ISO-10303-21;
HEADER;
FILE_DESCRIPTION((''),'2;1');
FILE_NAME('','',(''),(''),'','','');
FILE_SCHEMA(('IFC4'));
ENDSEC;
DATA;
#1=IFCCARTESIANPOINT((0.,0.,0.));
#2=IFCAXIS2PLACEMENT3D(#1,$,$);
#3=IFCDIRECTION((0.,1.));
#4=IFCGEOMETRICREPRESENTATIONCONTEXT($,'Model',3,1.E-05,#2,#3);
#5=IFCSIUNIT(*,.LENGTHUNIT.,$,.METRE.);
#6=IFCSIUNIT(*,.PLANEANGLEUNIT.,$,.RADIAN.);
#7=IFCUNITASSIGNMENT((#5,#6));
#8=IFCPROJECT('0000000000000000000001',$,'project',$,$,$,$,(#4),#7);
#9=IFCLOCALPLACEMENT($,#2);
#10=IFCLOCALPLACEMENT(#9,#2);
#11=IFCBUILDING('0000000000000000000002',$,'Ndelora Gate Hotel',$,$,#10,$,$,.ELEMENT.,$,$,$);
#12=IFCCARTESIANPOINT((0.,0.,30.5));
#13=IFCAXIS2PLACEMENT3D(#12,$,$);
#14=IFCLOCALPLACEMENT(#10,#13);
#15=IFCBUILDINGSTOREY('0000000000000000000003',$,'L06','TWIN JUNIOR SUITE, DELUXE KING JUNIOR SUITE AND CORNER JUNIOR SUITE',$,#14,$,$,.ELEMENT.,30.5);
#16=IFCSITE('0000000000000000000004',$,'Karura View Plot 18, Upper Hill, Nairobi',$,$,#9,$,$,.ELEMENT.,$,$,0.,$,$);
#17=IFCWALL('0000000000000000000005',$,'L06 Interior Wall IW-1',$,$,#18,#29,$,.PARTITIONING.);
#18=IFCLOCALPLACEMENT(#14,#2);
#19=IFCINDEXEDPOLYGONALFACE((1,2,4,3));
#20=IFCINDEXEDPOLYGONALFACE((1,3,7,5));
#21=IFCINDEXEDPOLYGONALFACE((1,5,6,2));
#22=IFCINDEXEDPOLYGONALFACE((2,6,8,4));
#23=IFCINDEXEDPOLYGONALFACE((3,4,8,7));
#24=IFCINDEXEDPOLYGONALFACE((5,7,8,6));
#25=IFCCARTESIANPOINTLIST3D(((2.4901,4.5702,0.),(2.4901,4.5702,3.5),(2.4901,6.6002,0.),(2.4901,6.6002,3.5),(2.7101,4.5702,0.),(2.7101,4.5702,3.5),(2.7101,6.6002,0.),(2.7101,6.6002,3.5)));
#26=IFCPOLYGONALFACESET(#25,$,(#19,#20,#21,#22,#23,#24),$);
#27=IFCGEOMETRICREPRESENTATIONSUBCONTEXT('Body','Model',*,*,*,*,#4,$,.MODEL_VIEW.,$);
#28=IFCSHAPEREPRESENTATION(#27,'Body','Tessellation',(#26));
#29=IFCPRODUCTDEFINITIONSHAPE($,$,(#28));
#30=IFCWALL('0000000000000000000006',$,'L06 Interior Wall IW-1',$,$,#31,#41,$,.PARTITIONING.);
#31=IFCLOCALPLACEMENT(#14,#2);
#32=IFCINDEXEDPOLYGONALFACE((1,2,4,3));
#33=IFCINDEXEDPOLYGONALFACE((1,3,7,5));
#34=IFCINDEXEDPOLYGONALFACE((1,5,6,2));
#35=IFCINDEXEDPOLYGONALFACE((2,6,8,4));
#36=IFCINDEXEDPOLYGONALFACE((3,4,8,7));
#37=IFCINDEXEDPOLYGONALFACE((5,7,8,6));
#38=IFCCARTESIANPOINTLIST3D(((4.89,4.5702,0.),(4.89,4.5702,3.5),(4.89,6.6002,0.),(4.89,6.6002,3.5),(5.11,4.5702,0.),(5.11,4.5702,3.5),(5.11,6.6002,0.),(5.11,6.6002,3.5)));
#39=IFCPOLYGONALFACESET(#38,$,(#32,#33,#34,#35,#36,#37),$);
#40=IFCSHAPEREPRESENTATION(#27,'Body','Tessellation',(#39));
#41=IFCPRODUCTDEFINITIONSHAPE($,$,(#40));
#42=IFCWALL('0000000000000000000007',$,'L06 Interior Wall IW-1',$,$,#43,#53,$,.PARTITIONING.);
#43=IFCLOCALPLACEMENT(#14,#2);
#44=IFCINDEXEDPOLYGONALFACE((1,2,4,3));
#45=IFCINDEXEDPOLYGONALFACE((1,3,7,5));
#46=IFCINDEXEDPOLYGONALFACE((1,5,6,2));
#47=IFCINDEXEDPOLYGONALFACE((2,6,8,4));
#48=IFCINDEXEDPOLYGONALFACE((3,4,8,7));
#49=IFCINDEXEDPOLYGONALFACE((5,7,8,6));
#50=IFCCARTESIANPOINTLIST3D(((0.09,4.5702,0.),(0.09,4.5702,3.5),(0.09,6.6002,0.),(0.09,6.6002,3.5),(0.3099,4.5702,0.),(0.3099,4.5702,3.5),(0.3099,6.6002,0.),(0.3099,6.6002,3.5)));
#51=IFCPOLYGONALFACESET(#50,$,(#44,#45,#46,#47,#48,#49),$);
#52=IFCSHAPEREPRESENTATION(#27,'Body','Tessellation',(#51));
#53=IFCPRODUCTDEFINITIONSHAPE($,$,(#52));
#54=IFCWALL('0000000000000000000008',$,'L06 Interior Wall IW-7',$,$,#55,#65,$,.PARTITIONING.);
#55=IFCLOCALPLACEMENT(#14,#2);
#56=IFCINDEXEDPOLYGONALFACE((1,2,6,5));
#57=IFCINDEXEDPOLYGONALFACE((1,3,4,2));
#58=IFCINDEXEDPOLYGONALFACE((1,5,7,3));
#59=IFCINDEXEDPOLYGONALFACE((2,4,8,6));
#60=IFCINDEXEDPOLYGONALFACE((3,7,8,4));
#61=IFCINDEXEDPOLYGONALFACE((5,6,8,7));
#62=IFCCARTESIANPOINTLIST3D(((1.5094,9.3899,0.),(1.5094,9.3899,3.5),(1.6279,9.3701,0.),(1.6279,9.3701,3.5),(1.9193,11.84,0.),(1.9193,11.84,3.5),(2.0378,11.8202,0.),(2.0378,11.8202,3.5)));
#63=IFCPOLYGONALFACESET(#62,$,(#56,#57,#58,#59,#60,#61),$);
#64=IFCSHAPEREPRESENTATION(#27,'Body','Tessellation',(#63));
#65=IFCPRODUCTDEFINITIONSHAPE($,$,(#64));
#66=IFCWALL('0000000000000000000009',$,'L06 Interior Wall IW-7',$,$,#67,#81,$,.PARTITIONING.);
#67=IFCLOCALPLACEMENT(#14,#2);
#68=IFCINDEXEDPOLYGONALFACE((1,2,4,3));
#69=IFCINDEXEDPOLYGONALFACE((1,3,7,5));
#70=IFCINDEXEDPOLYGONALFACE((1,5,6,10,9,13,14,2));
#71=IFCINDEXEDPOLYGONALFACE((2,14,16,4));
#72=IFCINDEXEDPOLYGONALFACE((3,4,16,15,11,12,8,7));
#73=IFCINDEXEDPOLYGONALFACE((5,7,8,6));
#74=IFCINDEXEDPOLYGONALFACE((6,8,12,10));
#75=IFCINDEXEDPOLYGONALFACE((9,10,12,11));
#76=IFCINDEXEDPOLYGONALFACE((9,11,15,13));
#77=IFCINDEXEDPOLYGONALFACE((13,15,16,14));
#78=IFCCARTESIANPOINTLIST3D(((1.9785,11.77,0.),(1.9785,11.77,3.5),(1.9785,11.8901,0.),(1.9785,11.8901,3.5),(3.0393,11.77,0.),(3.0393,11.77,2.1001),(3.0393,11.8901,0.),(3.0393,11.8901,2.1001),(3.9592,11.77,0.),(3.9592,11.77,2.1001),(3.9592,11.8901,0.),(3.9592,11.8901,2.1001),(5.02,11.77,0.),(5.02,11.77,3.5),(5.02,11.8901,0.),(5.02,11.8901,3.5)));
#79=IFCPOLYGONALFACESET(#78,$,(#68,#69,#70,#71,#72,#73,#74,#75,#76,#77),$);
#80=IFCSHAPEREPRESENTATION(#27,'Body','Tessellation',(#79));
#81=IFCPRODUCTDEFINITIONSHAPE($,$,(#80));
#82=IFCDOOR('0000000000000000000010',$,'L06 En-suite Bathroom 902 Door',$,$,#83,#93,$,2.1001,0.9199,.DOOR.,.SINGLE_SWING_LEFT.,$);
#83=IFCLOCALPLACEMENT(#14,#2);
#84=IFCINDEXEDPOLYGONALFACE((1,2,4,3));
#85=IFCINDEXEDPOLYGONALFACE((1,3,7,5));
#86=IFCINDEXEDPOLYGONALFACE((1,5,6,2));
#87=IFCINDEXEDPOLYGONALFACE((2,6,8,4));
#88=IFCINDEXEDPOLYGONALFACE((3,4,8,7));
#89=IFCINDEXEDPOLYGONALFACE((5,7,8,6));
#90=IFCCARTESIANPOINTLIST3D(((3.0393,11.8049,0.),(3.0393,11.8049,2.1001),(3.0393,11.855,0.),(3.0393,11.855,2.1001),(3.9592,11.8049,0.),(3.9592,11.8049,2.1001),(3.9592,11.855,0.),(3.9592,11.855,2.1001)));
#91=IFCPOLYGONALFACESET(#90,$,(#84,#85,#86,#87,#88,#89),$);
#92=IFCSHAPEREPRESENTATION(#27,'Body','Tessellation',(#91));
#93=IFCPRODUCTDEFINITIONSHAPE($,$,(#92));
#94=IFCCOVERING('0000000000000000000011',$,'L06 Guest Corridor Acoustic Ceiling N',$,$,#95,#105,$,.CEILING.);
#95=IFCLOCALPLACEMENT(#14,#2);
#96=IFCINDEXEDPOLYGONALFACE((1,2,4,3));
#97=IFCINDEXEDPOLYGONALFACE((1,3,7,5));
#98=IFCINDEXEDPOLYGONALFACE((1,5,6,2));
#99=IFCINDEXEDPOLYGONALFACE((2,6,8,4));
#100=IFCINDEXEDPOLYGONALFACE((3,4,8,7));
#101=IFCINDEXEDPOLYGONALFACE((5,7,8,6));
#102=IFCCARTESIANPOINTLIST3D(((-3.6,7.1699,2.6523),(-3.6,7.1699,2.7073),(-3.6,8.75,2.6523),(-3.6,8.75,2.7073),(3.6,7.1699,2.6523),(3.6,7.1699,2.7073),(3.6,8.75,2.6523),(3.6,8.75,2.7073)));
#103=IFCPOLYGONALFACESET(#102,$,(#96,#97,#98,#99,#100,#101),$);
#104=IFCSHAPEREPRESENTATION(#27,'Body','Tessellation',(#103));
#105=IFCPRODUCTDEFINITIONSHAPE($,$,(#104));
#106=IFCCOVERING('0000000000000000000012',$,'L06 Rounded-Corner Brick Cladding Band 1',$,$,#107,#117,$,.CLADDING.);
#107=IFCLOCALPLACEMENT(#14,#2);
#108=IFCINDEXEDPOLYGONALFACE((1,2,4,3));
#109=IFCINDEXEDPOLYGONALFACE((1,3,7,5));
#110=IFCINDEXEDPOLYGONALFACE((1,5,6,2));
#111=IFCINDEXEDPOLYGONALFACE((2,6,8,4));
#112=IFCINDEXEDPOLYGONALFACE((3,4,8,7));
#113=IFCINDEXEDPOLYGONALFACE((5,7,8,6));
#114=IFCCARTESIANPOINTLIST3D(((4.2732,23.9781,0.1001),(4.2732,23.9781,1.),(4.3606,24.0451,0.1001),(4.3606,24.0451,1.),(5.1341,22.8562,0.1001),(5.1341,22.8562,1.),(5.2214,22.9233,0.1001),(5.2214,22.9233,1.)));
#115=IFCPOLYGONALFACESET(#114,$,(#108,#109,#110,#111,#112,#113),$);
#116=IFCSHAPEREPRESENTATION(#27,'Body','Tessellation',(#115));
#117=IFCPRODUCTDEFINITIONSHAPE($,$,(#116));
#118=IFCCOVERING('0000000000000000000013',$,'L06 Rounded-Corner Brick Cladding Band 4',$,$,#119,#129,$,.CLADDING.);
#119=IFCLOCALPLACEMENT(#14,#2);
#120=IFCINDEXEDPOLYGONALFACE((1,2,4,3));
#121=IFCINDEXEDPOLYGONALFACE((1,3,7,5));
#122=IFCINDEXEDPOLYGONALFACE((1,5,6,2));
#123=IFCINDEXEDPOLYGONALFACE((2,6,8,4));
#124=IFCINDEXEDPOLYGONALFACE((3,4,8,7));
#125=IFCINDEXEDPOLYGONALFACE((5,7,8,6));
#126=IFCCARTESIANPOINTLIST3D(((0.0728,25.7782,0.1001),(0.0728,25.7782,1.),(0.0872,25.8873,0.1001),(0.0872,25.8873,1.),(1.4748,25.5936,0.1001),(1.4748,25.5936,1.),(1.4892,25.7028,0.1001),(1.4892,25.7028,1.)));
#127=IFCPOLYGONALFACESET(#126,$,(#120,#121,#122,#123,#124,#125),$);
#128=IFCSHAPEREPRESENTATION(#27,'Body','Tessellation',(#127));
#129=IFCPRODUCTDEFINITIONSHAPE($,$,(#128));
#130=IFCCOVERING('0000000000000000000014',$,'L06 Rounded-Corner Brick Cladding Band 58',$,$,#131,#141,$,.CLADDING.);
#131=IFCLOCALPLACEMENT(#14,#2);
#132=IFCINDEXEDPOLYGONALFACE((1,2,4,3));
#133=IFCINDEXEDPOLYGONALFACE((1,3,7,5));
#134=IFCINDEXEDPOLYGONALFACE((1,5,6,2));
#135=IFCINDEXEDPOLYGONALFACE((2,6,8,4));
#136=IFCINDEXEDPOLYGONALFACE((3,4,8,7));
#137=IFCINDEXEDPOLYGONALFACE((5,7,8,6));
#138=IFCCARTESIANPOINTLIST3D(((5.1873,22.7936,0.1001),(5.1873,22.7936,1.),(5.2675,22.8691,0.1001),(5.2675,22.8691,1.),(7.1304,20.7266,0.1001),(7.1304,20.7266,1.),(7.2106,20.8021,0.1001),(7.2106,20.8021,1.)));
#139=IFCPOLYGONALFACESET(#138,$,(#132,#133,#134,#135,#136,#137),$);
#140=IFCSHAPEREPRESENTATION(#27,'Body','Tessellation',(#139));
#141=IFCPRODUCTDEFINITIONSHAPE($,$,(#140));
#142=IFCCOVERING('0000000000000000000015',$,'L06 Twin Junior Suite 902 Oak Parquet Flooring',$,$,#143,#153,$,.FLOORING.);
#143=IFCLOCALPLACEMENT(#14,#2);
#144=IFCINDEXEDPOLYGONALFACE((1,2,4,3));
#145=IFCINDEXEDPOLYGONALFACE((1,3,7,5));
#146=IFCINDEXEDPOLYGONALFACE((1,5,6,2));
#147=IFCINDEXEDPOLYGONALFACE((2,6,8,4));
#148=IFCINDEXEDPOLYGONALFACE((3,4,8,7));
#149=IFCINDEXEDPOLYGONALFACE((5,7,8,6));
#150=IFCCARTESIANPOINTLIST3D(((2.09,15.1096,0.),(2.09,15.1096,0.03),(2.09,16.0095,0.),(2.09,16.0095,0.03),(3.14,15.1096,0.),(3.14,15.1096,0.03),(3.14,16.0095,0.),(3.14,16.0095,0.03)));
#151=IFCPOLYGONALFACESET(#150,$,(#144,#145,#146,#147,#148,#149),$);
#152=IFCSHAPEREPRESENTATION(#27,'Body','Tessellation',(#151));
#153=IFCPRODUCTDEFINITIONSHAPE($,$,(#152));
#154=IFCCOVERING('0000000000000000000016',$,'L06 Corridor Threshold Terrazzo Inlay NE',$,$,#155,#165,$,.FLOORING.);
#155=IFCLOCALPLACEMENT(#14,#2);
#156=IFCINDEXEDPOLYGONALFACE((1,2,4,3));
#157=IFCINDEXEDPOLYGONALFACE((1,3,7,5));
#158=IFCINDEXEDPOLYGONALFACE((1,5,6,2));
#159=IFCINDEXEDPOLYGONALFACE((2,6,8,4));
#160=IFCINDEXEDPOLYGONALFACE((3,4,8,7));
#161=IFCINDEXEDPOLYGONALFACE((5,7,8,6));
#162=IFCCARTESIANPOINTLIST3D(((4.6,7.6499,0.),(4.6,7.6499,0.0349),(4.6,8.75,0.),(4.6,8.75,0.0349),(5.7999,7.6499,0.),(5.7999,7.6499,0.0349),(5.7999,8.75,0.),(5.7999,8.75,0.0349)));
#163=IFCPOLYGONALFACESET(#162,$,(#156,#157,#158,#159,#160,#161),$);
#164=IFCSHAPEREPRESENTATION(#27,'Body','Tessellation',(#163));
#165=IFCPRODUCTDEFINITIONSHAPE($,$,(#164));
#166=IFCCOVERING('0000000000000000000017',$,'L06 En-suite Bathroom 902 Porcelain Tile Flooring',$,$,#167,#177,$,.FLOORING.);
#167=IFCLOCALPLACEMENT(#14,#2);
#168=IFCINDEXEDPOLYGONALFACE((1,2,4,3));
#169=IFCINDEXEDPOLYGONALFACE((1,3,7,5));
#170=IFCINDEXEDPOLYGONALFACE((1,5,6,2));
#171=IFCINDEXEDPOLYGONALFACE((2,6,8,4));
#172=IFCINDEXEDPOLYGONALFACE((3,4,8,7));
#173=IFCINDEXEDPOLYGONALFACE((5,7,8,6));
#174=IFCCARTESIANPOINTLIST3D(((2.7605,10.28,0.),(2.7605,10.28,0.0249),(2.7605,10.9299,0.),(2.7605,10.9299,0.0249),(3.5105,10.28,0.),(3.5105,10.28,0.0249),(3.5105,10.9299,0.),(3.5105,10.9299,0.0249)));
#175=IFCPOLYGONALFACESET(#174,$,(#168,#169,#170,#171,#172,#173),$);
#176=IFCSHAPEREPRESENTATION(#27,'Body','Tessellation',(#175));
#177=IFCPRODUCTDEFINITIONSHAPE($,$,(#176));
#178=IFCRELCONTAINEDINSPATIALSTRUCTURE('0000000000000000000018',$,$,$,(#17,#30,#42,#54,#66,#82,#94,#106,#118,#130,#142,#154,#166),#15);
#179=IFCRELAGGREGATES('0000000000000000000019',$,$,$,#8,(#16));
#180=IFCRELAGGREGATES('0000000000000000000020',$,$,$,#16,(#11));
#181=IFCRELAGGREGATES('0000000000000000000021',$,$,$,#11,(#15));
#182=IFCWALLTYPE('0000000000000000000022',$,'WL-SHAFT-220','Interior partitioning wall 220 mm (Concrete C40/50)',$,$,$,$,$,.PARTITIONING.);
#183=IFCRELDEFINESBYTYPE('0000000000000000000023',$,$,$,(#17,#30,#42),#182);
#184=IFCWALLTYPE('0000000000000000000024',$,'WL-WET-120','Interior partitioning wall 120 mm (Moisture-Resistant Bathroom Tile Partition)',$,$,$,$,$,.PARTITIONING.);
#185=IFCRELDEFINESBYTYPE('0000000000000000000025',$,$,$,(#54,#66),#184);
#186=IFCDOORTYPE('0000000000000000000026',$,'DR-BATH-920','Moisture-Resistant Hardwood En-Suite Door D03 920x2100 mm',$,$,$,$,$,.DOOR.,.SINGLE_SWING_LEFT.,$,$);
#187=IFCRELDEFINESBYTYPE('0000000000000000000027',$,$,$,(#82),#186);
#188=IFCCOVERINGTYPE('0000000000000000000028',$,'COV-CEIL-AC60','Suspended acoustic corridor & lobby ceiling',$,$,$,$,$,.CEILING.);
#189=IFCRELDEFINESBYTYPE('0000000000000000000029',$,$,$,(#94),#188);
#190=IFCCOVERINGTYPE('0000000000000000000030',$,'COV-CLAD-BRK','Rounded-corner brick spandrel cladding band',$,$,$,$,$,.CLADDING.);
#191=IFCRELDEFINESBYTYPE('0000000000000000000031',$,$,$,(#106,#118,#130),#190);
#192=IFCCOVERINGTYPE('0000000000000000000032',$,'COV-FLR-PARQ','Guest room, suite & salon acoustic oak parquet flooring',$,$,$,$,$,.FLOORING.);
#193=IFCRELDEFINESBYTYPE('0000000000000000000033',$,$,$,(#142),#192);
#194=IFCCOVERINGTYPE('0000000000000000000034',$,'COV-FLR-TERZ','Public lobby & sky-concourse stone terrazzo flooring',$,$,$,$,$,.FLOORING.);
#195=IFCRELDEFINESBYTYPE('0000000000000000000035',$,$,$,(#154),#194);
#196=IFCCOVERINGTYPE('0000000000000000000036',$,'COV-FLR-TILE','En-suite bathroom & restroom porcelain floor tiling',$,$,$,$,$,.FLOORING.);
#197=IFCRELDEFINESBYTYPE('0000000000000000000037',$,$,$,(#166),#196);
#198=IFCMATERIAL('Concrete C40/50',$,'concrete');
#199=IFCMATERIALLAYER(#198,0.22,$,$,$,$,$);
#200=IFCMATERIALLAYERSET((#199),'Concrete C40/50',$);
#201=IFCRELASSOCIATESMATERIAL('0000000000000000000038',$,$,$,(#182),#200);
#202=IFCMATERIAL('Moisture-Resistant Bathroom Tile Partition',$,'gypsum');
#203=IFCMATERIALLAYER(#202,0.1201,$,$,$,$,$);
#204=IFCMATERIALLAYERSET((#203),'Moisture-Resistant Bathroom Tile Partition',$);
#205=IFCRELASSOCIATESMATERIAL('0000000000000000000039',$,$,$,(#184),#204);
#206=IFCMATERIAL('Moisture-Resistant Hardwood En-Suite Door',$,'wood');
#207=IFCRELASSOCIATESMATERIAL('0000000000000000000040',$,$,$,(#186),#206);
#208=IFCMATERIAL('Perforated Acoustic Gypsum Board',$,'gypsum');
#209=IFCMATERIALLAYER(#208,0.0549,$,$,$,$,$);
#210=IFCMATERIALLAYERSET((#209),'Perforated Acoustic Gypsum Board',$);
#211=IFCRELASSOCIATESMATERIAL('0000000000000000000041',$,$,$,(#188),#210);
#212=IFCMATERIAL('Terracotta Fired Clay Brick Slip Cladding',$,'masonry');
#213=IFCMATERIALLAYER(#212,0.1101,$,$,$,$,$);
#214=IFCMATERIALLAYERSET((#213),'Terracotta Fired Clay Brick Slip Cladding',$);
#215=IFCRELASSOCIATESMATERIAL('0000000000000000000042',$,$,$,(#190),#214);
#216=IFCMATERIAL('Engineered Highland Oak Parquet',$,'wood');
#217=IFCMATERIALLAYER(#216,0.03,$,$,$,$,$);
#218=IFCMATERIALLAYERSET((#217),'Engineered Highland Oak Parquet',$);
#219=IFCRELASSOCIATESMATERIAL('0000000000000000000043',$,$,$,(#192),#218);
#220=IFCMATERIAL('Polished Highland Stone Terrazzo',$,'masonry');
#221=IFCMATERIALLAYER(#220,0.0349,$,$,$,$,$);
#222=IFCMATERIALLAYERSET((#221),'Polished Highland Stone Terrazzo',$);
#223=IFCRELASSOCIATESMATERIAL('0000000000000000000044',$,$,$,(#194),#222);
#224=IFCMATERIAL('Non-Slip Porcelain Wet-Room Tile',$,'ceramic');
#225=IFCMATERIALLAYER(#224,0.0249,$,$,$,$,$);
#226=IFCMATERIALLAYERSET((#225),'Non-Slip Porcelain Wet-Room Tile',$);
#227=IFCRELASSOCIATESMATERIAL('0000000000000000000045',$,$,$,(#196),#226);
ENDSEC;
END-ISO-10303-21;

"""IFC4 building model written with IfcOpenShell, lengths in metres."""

from ifc_helpers import new_model, si_unit, direction, frame, frame_2d, origin, origin_2d, place, context, subcontext, project, spatial, rectangle, extrude, material, layer, layer_set, type_object, element, fill, save


model = new_model("IFC4")

# Units and contexts
model_context = context("Model", 3, precision=1e-05, world=origin(), true_north=direction((0.0, 1.0)))
body_context = subcontext(model_context, "Body", "Model", "MODEL_VIEW")
ifc_project = project(units=[si_unit("LENGTHUNIT", "METRE"), si_unit("PLANEANGLEUNIT", "RADIAN")], contexts=[model_context])

# Site, building, storey
site_placement = place(None, origin())
site = spatial("IfcSite", under=ifc_project, at=site_placement, Name="Karura View Plot 18, Upper Hill, Nairobi", CompositionType="ELEMENT", RefElevation=0.0)
building_placement = place(site_placement, origin())
building = spatial("IfcBuilding", under=site, at=building_placement, Name="Ndelora Gate Hotel", CompositionType="ELEMENT")
storey_placement = place(building_placement, frame((0.0, 0.0, 30.5)))
storey = spatial("IfcBuildingStorey", under=building, at=storey_placement, Name="L06", Description="TWIN JUNIOR SUITE, DELUXE KING JUNIOR SUITE AND CORNER JUNIOR SUITE", CompositionType="ELEMENT", Elevation=30.5)

# Walls
ifc_material_1 = material(Name="Concrete C40/50", Category="concrete")
ifc_layer_1 = layer(ifc_material_1, 0.22)
ifc_layer_set_1 = layer_set([ifc_layer_1], Name="Concrete C40/50")
wall_type_1 = type_object("IfcWallType", Name="WL-SHAFT-220", Description="Interior partitioning wall 220 mm (Concrete C40/50)", PredefinedType="PARTITIONING", material=ifc_layer_set_1)
for number, where, z_axis, x_axis, name in (
    (1, (2.6001, 4.5701, 0.0), (0.0, 0.0, 1.0), (0.0, 1.0, 0.0), "L06 Interior Wall IW-1"),
    (2, (5.0, 4.5701, 0.0), (0.0, 0.0, 1.0), (0.0, 1.0, 0.0), "L06 Interior Wall IW-1"),
    (3, (0.2, 4.5701, 0.0), (0.0, 0.0, 1.0), (0.0, 1.0, 0.0), "L06 Interior Wall IW-1"),
):
    element("IfcWall", number, at=place(storey_placement, frame(where, z_axis=z_axis, x_axis=x_axis)), inside=storey, type_object=wall_type_1, Name=name, PredefinedType="PARTITIONING", context=body_context, shape_type="SweptSolid", body=[
        extrude(rectangle(XDim=2.03, YDim=0.22, at=frame_2d((1.0151, 0.0))), origin(), (0.0, 0.0, 1.0), 3.5),
    ])
ifc_material_2 = material(Name="Moisture-Resistant Bathroom Tile Partition", Category="gypsum")
ifc_layer_2 = layer(ifc_material_2, 0.1201)
ifc_layer_set_2 = layer_set([ifc_layer_2], Name="Moisture-Resistant Bathroom Tile Partition")
wall_type_2 = type_object("IfcWallType", Name="WL-WET-120", Description="Interior partitioning wall 120 mm (Moisture-Resistant Bathroom Tile Partition)", PredefinedType="PARTITIONING", material=ifc_layer_set_2)
wall_1_placement = place(storey_placement, frame((1.5686, 9.3799, 0.0), z_axis=(0.0, 0.0, 1.0), x_axis=(0.165005, 0.986293, 0.0)))
element("IfcWall", 4, at=wall_1_placement, inside=storey, type_object=wall_type_2, Name="L06 Interior Wall IW-7", PredefinedType="PARTITIONING", context=body_context, shape_type="SweptSolid", body=[
    extrude(rectangle(XDim=2.4841, YDim=0.1201, at=frame_2d((1.2422, 0.0))), origin(), (0.0, 0.0, 1.0), 3.5),
])

# Wall, opening, door
wall_2_placement = place(storey_placement, frame((1.9785, 11.8301, 0.0), z_axis=(0.0, 0.0, 1.0), x_axis=(1.0, 0.0, 0.0)))
wall_2 = element("IfcWall", 5, at=wall_2_placement, inside=storey, type_object=wall_type_2, Name="L06 Interior Wall IW-7", PredefinedType="PARTITIONING", context=body_context, shape_type="SweptSolid", body=[
    extrude(rectangle(XDim=3.0415, YDim=0.1201, at=frame_2d((1.5208, 0.0))), origin(), (0.0, 0.0, 1.0), 3.5),
])
opening_1_placement = place(wall_2_placement, frame((1.0608, 0.0, 0.0)))
opening_1 = element("IfcOpeningElement", 6, at=opening_1_placement, cuts=wall_2, PredefinedType="OPENING", context=body_context, shape_type="SweptSolid", body=[
    extrude(rectangle(XDim=0.9199, YDim=2.1001, at=frame_2d((0.46, 1.05))), frame((0.0, 0.0701, 0.0), z_axis=(0.0, -1.0, 0.0), x_axis=(1.0, 0.0, 0.0)), (0.0, 0.0, 1.0), 0.1401),
])
ifc_material_3 = material(Name="Moisture-Resistant Hardwood En-Suite Door", Category="wood")
door_type = type_object("IfcDoorType", Name="DR-BATH-920", Description="Moisture-Resistant Hardwood En-Suite Door D03 920x2100 mm", OperationType="SINGLE_SWING_LEFT", PredefinedType="DOOR", material=ifc_material_3)
door_placement = place(opening_1_placement, origin())
door = element("IfcDoor", 7, at=door_placement, inside=storey, type_object=door_type, Name="L06 En-suite Bathroom 902 Door", OperationType="SINGLE_SWING_LEFT", OverallHeight=2.1001, OverallWidth=0.9199, PredefinedType="DOOR", context=body_context, shape_type="SweptSolid", body=[
    extrude(rectangle(XDim=0.9199, YDim=2.1001, at=frame_2d((0.46, 1.05))), frame((0.0, 0.0249, 0.0), z_axis=(0.0, -1.0, 0.0), x_axis=(1.0, 0.0, 0.0)), (0.0, 0.0, 1.0), 0.05),
])
fill(opening_1, door)

# Coverings
ifc_material_4 = material(Name="Perforated Acoustic Gypsum Board", Category="gypsum")
ifc_layer_3 = layer(ifc_material_4, 0.0549)
ifc_layer_set_3 = layer_set([ifc_layer_3], Name="Perforated Acoustic Gypsum Board")
covering_type_1 = type_object("IfcCoveringType", Name="COV-CEIL-AC60", Description="Suspended acoustic corridor & lobby ceiling", PredefinedType="CEILING", material=ifc_layer_set_3)
covering_1_placement = place(storey_placement, frame((0.0, 7.96, 2.6523), z_axis=(0.0, 0.0, 1.0), x_axis=(1.0, 0.0, 0.0)))
element("IfcCovering", 8, at=covering_1_placement, inside=storey, type_object=covering_type_1, Name="L06 Guest Corridor Acoustic Ceiling N", PredefinedType="CEILING", context=body_context, shape_type="SweptSolid", body=[
    extrude(rectangle(XDim=7.2, YDim=1.5801, at=origin_2d()), origin(), (0.0, 0.0, 1.0), 0.0549),
])
ifc_material_5 = material(Name="Terracotta Fired Clay Brick Slip Cladding", Category="masonry")
ifc_layer_4 = layer(ifc_material_5, 0.1101)
ifc_layer_set_4 = layer_set([ifc_layer_4], Name="Terracotta Fired Clay Brick Slip Cladding")
covering_type_2 = type_object("IfcCoveringType", Name="COV-CLAD-BRK", Description="Rounded-corner brick spandrel cladding band", PredefinedType="CLADDING", material=ifc_layer_set_4)
for number, where, z_axis, x_axis, name in (
    (9, (4.7473, 23.4507, 0.1001), (0.0, 0.0, 1.0), (-0.608761, 0.793353, 0.0), "L06 Rounded-Corner Brick Cladding Band 1"),
    (10, (0.781, 25.7405, 0.1001), (0.0, 0.0, 1.0), (-0.991445, 0.130526, 0.0), "L06 Rounded-Corner Brick Cladding Band 4"),
):
    element("IfcCovering", number, at=place(storey_placement, frame(where, z_axis=z_axis, x_axis=x_axis)), inside=storey, type_object=covering_type_2, Name=name, PredefinedType="CLADDING", context=body_context, shape_type="SweptSolid", body=[
        extrude(rectangle(XDim=1.4141, YDim=0.1101, at=origin_2d()), origin(), (0.0, 0.0, 1.0), 0.8999),
    ])
covering_2_placement = place(storey_placement, frame((6.199, 21.7979, 0.1001), z_axis=(0.0, 0.0, 1.0), x_axis=(-0.684929, 0.72861, 0.0)))
element("IfcCovering", 11, at=covering_2_placement, inside=storey, type_object=covering_type_2, Name="L06 Rounded-Corner Brick Cladding Band 58", PredefinedType="CLADDING", context=body_context, shape_type="SweptSolid", body=[
    extrude(rectangle(XDim=2.8369, YDim=0.1101, at=origin_2d()), origin(), (0.0, 0.0, 1.0), 0.8999),
])
ifc_material_6 = material(Name="Engineered Highland Oak Parquet", Category="wood")
ifc_layer_5 = layer(ifc_material_6, 0.03)
ifc_layer_set_5 = layer_set([ifc_layer_5], Name="Engineered Highland Oak Parquet")
covering_type_3 = type_object("IfcCoveringType", Name="COV-FLR-PARQ", Description="Guest room, suite & salon acoustic oak parquet flooring", PredefinedType="FLOORING", material=ifc_layer_set_5)
covering_3_placement = place(storey_placement, frame((2.615, 15.5596, 0.0), z_axis=(0.0, 0.0, 1.0), x_axis=(1.0, 0.0, 0.0)))
element("IfcCovering", 12, at=covering_3_placement, inside=storey, type_object=covering_type_3, Name="L06 Twin Junior Suite 902 Oak Parquet Flooring", PredefinedType="FLOORING", context=body_context, shape_type="SweptSolid", body=[
    extrude(rectangle(XDim=1.05, YDim=0.8999, at=origin_2d()), origin(), (0.0, 0.0, 1.0), 0.03),
])
ifc_material_7 = material(Name="Polished Highland Stone Terrazzo", Category="masonry")
ifc_layer_6 = layer(ifc_material_7, 0.0349)
ifc_layer_set_6 = layer_set([ifc_layer_6], Name="Polished Highland Stone Terrazzo")
covering_type_4 = type_object("IfcCoveringType", Name="COV-FLR-TERZ", Description="Public lobby & sky-concourse stone terrazzo flooring", PredefinedType="FLOORING", material=ifc_layer_set_6)
covering_4_placement = place(storey_placement, frame((5.2, 8.2, 0.0), z_axis=(0.0, 0.0, 1.0), x_axis=(1.0, 0.0, 0.0)))
element("IfcCovering", 13, at=covering_4_placement, inside=storey, type_object=covering_type_4, Name="L06 Corridor Threshold Terrazzo Inlay NE", PredefinedType="FLOORING", context=body_context, shape_type="SweptSolid", body=[
    extrude(rectangle(XDim=1.2, YDim=1.1001, at=origin_2d()), origin(), (0.0, 0.0, 1.0), 0.0349),
])
ifc_material_8 = material(Name="Non-Slip Porcelain Wet-Room Tile", Category="ceramic")
ifc_layer_7 = layer(ifc_material_8, 0.0249)
ifc_layer_set_7 = layer_set([ifc_layer_7], Name="Non-Slip Porcelain Wet-Room Tile")
covering_type_5 = type_object("IfcCoveringType", Name="COV-FLR-TILE", Description="En-suite bathroom & restroom porcelain floor tiling", PredefinedType="FLOORING", material=ifc_layer_set_7)
covering_5_placement = place(storey_placement, frame((3.1355, 10.605, 0.0), z_axis=(0.0, 0.0, 1.0), x_axis=(1.0, 0.0, 0.0)))
element("IfcCovering", 14, at=covering_5_placement, inside=storey, type_object=covering_type_5, Name="L06 En-suite Bathroom 902 Porcelain Tile Flooring", PredefinedType="FLOORING", context=body_context, shape_type="SweptSolid", body=[
    extrude(rectangle(XDim=0.75, YDim=0.6499, at=origin_2d()), origin(), (0.0, 0.0, 1.0), 0.0249),
])

save(model, "model.ifc")
